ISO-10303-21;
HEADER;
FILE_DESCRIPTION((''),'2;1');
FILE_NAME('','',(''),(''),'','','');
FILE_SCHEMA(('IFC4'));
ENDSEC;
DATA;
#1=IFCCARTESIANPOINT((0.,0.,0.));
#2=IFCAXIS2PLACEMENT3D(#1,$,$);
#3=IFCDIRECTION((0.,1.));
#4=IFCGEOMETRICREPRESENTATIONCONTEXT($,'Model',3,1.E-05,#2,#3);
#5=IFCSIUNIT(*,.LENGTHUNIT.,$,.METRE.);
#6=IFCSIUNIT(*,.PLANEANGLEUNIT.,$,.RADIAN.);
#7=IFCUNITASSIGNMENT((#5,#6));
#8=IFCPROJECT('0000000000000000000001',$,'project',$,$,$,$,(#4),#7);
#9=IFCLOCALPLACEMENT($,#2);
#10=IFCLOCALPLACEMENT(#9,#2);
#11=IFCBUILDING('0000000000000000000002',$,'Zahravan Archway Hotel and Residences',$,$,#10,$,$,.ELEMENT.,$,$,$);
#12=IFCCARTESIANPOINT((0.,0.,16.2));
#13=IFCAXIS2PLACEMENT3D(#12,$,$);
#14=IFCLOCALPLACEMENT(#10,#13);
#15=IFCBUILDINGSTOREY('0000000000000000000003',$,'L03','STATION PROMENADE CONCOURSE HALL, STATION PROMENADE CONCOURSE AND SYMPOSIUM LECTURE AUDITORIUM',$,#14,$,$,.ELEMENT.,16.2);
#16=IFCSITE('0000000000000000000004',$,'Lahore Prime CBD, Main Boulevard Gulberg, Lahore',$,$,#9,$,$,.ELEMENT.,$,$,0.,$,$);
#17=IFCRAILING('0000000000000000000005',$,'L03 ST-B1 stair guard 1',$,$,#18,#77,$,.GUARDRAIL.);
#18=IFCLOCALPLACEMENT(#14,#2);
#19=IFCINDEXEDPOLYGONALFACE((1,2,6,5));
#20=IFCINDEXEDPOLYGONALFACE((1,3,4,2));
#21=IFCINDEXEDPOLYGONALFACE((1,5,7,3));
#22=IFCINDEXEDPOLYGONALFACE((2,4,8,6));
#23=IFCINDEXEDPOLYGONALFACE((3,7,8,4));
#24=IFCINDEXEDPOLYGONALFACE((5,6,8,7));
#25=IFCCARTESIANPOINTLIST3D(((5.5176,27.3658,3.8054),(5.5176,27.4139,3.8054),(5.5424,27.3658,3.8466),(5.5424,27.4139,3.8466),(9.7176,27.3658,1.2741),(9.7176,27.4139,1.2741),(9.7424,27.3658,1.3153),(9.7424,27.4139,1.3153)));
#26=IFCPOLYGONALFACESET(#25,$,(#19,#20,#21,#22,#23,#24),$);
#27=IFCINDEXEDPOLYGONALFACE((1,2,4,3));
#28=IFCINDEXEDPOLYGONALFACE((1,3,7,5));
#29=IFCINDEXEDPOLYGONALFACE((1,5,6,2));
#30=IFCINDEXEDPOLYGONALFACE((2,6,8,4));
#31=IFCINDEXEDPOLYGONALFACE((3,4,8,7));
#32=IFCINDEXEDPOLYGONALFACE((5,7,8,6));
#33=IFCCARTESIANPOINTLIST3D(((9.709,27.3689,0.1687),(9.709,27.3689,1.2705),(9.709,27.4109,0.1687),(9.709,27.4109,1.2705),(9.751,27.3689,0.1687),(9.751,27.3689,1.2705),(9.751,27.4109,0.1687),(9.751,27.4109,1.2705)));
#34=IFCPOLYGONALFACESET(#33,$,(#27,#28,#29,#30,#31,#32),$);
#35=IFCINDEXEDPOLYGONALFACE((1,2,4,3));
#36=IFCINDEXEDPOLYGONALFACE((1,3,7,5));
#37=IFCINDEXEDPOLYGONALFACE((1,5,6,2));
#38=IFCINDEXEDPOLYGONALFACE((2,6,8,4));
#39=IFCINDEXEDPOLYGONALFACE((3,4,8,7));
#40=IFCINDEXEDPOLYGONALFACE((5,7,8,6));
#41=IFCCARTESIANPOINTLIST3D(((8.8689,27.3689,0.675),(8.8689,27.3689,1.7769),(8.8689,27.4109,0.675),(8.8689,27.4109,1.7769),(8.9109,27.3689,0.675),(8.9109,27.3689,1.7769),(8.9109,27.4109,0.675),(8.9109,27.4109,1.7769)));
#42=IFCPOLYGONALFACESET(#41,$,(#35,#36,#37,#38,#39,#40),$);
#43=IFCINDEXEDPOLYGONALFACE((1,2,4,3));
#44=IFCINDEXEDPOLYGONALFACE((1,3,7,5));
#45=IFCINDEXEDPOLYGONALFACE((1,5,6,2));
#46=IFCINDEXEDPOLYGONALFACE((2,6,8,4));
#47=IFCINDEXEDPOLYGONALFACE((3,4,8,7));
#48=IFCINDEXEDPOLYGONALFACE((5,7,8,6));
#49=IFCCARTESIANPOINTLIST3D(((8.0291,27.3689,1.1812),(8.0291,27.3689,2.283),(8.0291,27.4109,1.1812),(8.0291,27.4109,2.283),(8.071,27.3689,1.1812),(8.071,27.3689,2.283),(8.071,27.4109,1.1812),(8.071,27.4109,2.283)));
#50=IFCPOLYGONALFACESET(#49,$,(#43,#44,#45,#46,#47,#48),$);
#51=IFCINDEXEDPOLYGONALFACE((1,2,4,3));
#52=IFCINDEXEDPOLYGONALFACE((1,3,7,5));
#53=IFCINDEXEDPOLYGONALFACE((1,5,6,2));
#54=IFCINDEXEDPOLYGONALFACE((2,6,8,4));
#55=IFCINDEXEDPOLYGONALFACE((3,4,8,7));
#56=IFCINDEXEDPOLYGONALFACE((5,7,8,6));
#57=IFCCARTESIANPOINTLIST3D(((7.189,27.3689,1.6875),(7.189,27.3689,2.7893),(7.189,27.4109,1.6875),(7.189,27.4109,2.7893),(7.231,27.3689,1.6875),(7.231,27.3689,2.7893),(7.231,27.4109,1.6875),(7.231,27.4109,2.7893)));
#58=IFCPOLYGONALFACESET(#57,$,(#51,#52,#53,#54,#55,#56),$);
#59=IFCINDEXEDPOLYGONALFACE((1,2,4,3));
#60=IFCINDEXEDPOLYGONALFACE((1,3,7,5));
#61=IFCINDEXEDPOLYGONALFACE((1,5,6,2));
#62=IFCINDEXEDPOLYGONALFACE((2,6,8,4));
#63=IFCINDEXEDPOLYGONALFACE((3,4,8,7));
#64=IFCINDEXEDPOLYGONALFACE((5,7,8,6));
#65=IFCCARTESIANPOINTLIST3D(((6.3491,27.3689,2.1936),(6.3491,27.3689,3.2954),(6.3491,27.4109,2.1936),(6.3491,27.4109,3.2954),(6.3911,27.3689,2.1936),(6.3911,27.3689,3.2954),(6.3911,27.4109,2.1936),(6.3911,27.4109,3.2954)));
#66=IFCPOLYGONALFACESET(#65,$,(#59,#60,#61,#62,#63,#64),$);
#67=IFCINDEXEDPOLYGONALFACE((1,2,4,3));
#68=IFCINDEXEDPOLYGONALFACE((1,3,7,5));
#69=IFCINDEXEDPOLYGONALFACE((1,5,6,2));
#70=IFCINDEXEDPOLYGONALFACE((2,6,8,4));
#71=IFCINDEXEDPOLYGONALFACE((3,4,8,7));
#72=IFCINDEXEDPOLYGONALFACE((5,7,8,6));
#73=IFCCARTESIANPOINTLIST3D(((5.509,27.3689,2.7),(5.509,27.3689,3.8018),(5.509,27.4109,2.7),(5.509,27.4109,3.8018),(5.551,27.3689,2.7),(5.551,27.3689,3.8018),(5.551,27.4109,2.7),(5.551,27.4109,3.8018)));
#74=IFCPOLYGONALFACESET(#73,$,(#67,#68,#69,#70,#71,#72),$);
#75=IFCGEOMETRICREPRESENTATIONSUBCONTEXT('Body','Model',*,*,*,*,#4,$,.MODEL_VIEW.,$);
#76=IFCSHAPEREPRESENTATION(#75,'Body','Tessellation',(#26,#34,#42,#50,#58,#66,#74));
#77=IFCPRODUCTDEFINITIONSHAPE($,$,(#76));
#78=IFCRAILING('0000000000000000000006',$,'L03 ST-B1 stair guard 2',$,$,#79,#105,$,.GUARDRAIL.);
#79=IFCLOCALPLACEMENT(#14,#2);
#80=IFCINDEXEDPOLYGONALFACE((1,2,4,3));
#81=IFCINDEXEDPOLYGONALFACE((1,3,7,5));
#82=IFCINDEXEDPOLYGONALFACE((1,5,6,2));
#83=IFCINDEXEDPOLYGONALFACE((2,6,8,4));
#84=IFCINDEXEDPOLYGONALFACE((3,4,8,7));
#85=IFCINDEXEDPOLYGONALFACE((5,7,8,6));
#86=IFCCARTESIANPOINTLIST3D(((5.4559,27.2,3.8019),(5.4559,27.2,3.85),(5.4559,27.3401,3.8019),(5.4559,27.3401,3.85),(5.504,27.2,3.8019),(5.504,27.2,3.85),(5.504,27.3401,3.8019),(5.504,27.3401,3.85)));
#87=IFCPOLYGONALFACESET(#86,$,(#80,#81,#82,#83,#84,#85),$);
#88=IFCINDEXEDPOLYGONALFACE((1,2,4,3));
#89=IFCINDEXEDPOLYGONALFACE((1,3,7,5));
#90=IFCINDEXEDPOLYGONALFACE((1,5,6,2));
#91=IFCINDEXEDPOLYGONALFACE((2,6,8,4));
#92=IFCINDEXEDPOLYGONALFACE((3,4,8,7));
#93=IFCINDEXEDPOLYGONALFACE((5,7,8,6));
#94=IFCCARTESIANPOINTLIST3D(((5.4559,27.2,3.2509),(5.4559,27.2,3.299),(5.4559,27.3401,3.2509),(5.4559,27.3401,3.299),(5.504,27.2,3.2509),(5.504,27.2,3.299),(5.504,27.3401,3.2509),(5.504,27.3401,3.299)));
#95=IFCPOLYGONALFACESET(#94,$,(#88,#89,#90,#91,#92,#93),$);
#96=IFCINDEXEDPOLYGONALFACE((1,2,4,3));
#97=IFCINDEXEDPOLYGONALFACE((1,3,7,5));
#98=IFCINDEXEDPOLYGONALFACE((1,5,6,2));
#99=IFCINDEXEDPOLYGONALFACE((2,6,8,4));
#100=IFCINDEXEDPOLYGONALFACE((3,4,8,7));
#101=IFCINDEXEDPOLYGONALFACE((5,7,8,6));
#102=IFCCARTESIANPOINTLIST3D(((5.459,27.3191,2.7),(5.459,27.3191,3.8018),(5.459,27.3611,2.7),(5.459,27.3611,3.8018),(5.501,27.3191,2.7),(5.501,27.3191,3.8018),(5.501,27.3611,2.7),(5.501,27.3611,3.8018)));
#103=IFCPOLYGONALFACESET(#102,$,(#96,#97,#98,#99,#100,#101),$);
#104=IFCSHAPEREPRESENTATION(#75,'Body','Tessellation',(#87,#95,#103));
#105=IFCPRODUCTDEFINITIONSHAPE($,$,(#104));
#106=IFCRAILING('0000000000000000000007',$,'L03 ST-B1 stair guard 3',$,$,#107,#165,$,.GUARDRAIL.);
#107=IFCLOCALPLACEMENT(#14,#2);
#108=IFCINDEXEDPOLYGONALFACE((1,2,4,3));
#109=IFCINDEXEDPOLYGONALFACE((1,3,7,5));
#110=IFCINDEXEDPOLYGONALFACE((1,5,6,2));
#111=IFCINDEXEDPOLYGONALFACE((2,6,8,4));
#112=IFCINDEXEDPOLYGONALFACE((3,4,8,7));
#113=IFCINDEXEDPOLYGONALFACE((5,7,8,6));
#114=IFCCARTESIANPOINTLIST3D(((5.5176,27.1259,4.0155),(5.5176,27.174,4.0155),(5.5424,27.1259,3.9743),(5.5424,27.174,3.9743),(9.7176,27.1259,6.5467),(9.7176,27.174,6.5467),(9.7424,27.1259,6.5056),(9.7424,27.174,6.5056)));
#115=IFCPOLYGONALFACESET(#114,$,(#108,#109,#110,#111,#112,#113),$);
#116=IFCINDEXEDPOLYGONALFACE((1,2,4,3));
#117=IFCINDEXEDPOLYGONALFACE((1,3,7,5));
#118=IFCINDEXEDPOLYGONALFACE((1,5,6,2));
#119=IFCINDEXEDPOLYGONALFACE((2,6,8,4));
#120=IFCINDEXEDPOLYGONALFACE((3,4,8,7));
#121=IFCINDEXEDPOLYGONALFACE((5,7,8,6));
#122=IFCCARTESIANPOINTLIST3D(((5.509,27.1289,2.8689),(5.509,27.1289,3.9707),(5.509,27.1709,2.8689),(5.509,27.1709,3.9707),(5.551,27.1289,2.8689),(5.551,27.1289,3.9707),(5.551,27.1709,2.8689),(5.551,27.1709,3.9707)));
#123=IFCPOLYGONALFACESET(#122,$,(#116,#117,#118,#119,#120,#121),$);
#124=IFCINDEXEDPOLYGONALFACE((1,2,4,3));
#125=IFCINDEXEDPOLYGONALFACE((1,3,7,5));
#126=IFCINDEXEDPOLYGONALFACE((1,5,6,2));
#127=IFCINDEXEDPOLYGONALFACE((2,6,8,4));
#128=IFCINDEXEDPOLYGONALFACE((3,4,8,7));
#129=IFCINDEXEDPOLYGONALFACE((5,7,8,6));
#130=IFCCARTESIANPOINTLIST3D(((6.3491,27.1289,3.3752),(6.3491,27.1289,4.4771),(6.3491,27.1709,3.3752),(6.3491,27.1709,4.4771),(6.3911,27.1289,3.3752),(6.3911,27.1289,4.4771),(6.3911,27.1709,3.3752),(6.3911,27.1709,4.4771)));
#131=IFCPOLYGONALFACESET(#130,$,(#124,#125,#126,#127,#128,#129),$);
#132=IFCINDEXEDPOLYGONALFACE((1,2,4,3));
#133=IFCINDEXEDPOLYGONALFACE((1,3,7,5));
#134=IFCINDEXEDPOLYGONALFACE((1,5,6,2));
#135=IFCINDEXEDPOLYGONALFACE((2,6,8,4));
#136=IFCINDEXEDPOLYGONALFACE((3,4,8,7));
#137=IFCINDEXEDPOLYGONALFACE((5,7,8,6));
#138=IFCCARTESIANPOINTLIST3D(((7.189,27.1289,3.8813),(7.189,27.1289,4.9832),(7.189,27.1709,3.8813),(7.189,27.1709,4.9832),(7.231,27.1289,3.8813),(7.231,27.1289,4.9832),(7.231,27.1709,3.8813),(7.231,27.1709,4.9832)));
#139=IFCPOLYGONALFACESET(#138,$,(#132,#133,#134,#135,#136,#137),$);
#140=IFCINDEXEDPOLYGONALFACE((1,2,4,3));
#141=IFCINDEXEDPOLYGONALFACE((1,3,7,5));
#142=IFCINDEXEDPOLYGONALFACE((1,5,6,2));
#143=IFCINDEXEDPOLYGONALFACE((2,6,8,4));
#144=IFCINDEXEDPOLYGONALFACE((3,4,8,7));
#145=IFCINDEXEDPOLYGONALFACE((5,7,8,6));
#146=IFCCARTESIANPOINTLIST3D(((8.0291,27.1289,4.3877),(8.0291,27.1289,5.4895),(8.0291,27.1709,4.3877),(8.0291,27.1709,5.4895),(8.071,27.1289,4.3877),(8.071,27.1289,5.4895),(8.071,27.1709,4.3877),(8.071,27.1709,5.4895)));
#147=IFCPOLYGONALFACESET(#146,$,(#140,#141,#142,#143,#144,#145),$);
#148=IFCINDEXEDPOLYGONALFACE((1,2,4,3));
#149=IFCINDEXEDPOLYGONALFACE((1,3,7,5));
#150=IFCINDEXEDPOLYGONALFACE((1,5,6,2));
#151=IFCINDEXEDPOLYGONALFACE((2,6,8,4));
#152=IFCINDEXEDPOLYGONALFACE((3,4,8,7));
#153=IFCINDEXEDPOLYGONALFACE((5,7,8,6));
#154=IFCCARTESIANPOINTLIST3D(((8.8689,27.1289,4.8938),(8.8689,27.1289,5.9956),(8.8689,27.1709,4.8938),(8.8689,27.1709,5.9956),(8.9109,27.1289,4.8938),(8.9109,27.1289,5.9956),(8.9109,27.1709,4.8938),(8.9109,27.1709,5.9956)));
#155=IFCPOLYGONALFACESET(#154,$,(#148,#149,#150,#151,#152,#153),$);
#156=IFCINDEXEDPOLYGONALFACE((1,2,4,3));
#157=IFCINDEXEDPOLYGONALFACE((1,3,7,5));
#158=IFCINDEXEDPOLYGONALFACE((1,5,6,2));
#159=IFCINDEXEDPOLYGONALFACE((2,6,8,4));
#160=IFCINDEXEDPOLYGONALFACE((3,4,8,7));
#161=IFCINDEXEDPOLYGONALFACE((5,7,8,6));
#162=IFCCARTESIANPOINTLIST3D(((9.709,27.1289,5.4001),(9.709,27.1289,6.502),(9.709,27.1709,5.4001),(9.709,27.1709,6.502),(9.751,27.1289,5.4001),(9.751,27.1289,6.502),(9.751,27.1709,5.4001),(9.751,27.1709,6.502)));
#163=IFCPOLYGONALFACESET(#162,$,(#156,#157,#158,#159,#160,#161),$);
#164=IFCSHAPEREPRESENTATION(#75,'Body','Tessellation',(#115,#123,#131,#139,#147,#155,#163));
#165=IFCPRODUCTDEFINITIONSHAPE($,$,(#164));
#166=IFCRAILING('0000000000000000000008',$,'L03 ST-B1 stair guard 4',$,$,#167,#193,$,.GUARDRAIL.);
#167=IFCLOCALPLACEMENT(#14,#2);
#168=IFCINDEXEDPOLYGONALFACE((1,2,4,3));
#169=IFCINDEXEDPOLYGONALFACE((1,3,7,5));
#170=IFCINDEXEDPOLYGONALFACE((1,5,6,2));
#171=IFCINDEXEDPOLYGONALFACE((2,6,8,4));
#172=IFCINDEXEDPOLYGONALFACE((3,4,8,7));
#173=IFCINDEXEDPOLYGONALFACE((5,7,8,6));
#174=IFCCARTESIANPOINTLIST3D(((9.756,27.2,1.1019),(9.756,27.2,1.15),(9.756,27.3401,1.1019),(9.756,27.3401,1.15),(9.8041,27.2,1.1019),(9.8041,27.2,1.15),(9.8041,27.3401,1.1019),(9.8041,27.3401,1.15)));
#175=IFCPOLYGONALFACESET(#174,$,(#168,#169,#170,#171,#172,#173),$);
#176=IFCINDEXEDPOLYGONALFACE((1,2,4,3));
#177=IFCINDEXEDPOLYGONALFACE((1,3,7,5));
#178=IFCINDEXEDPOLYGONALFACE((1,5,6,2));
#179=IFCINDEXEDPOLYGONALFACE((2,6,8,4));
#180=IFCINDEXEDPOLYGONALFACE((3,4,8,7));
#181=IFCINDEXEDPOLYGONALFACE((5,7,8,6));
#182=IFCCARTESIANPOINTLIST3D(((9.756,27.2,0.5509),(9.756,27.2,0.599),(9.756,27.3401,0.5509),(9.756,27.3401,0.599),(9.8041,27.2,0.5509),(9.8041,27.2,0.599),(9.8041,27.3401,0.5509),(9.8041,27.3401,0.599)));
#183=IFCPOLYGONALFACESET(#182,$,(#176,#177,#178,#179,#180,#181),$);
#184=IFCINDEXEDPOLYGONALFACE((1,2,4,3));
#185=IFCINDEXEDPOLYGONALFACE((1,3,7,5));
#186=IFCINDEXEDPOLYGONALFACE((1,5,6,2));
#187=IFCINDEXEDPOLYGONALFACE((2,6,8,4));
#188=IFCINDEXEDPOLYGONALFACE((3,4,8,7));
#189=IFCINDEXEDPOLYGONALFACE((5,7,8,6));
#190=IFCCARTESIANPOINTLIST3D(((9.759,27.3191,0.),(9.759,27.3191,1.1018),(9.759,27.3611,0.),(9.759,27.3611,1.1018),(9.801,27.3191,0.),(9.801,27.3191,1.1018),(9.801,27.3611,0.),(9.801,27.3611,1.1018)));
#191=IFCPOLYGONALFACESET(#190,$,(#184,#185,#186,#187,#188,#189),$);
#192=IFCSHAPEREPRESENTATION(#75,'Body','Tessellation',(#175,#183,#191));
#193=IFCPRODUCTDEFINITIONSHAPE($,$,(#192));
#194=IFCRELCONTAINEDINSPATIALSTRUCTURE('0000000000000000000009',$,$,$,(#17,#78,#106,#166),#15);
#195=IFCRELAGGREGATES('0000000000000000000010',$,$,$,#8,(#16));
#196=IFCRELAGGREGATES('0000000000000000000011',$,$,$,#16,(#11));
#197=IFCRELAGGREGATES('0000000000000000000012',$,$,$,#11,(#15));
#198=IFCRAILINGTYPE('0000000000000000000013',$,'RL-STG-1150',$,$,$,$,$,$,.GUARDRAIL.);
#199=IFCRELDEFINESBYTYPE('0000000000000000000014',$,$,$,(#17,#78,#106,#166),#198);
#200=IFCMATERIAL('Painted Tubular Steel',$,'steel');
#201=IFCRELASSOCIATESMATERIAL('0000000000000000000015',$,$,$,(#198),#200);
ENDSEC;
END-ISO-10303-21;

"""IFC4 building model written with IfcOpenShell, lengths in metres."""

from ifc_helpers import new_model, si_unit, direction, frame, origin, origin_2d, place, context, subcontext, project, spatial, rectangle, extrude, material, type_object, element, save


model = new_model("IFC4")

# Units and contexts
model_context = context("Model", 3, precision=1e-05, world=origin(), true_north=direction((0.0, 1.0)))
body_context = subcontext(model_context, "Body", "Model", "MODEL_VIEW")
ifc_project = project(units=[si_unit("LENGTHUNIT", "METRE"), si_unit("PLANEANGLEUNIT", "RADIAN")], contexts=[model_context])

# Site, building, storey
site_placement = place(None, origin())
site = spatial("IfcSite", under=ifc_project, at=site_placement, Name="Lahore Prime CBD, Main Boulevard Gulberg, Lahore", CompositionType="ELEMENT", RefElevation=0.0)
building_placement = place(site_placement, origin())
building = spatial("IfcBuilding", under=site, at=building_placement, Name="Zahravan Archway Hotel and Residences", CompositionType="ELEMENT")
storey_placement = place(building_placement, frame((0.0, 0.0, 16.2)))
storey = spatial("IfcBuildingStorey", under=building, at=storey_placement, Name="L03", Description="STATION PROMENADE CONCOURSE HALL, STATION PROMENADE CONCOURSE AND SYMPOSIUM LECTURE AUDITORIUM", CompositionType="ELEMENT", Elevation=16.2)

# Railings
ifc_material_1 = material(Name="Painted Tubular Steel", Category="steel")
railing_type_1 = type_object("IfcRailingType", Name="RL-STG-1150", PredefinedType="GUARDRAIL", material=ifc_material_1)
railing_1_placement = place(storey_placement, frame((9.73, 27.3899, 0.1687)))
element("IfcRailing", 1, at=railing_1_placement, inside=storey, type_object=railing_type_1, Name="L03 ST-B1 stair guard 1", PredefinedType="GUARDRAIL", context=body_context, shape_type="SweptSolid", body=[
    extrude(rectangle(XDim=0.0481, YDim=0.0481, at=origin_2d()), frame((0.0, 0.0, 1.126), z_axis=(-0.856476, 0.0, 0.516186), x_axis=(0.0, -1.0, 0.0)), (0.0, 0.0, 1.0), 4.9038),
    extrude(rectangle(XDim=0.042, YDim=0.042, at=origin_2d()), origin(), (0.0, 0.0, 1.0), 1.1018),
    extrude(rectangle(XDim=0.042, YDim=0.042, at=origin_2d()), frame((-0.8401, 0.0, 0.5063)), (0.0, 0.0, 1.0), 1.1018),
    extrude(rectangle(XDim=0.042, YDim=0.042, at=origin_2d()), frame((-1.6799, 0.0, 1.0125)), (0.0, 0.0, 1.0), 1.1018),
    extrude(rectangle(XDim=0.042, YDim=0.042, at=origin_2d()), frame((-2.52, 0.0, 1.5188)), (0.0, 0.0, 1.0), 1.1018),
    extrude(rectangle(XDim=0.042, YDim=0.042, at=origin_2d()), frame((-3.3599, 0.0, 2.0249)), (0.0, 0.0, 1.0), 1.1018),
    extrude(rectangle(XDim=0.042, YDim=0.042, at=origin_2d()), frame((-4.2, 0.0, 2.5312)), (0.0, 0.0, 1.0), 1.1018),
])
railing_2_placement = place(storey_placement, frame((5.48, 27.3401, 2.7)))
element("IfcRailing", 2, at=railing_2_placement, inside=storey, type_object=railing_type_1, Name="L03 ST-B1 stair guard 2", PredefinedType="GUARDRAIL", context=body_context, shape_type="SweptSolid", body=[
    extrude(rectangle(XDim=0.0481, YDim=0.0481, at=origin_2d()), frame((0.0, 0.0, 1.126), z_axis=(0.0, -1.0, 0.0), x_axis=(1.0, 0.0, 0.0)), (0.0, 0.0, 1.0), 0.1401),
    extrude(rectangle(XDim=0.0481, YDim=0.0481, at=origin_2d()), frame((0.0, 0.0, 0.575), z_axis=(0.0, -1.0, 0.0), x_axis=(1.0, 0.0, 0.0)), (0.0, 0.0, 1.0), 0.1401),
    extrude(rectangle(XDim=0.042, YDim=0.042, at=origin_2d()), origin(), (0.0, 0.0, 1.0), 1.1018),
])
railing_3_placement = place(storey_placement, frame((5.53, 27.1499, 2.8689)))
element("IfcRailing", 3, at=railing_3_placement, inside=storey, type_object=railing_type_1, Name="L03 ST-B1 stair guard 3", PredefinedType="GUARDRAIL", context=body_context, shape_type="SweptSolid", body=[
    extrude(rectangle(XDim=0.0481, YDim=0.0481, at=origin_2d()), frame((0.0, 0.0, 1.126), z_axis=(0.856476, 0.0, 0.516186), x_axis=(0.0, 1.0, 0.0)), (0.0, 0.0, 1.0), 4.9038),
    extrude(rectangle(XDim=0.042, YDim=0.042, at=origin_2d()), origin(), (0.0, 0.0, 1.0), 1.1018),
    extrude(rectangle(XDim=0.042, YDim=0.042, at=origin_2d()), frame((0.8401, 0.0, 0.5063)), (0.0, 0.0, 1.0), 1.1018),
    extrude(rectangle(XDim=0.042, YDim=0.042, at=origin_2d()), frame((1.6799, 0.0, 1.0125)), (0.0, 0.0, 1.0), 1.1018),
    extrude(rectangle(XDim=0.042, YDim=0.042, at=origin_2d()), frame((2.52, 0.0, 1.5188)), (0.0, 0.0, 1.0), 1.1018),
    extrude(rectangle(XDim=0.042, YDim=0.042, at=origin_2d()), frame((3.3599, 0.0, 2.0249)), (0.0, 0.0, 1.0), 1.1018),
    extrude(rectangle(XDim=0.042, YDim=0.042, at=origin_2d()), frame((4.2, 0.0, 2.5312)), (0.0, 0.0, 1.0), 1.1018),
])
railing_4_placement = place(storey_placement, frame((9.78, 27.3401, 0.0)))
element("IfcRailing", 4, at=railing_4_placement, inside=storey, type_object=railing_type_1, Name="L03 ST-B1 stair guard 4", PredefinedType="GUARDRAIL", context=body_context, shape_type="SweptSolid", body=[
    extrude(rectangle(XDim=0.0481, YDim=0.0481, at=origin_2d()), frame((0.0, 0.0, 1.126), z_axis=(0.0, -1.0, 0.0), x_axis=(1.0, 0.0, 0.0)), (0.0, 0.0, 1.0), 0.1401),
    extrude(rectangle(XDim=0.0481, YDim=0.0481, at=origin_2d()), frame((0.0, 0.0, 0.575), z_axis=(0.0, -1.0, 0.0), x_axis=(1.0, 0.0, 0.0)), (0.0, 0.0, 1.0), 0.1401),
    extrude(rectangle(XDim=0.042, YDim=0.042, at=origin_2d()), origin(), (0.0, 0.0, 1.0), 1.1018),
])

save(model, "model.ifc")
